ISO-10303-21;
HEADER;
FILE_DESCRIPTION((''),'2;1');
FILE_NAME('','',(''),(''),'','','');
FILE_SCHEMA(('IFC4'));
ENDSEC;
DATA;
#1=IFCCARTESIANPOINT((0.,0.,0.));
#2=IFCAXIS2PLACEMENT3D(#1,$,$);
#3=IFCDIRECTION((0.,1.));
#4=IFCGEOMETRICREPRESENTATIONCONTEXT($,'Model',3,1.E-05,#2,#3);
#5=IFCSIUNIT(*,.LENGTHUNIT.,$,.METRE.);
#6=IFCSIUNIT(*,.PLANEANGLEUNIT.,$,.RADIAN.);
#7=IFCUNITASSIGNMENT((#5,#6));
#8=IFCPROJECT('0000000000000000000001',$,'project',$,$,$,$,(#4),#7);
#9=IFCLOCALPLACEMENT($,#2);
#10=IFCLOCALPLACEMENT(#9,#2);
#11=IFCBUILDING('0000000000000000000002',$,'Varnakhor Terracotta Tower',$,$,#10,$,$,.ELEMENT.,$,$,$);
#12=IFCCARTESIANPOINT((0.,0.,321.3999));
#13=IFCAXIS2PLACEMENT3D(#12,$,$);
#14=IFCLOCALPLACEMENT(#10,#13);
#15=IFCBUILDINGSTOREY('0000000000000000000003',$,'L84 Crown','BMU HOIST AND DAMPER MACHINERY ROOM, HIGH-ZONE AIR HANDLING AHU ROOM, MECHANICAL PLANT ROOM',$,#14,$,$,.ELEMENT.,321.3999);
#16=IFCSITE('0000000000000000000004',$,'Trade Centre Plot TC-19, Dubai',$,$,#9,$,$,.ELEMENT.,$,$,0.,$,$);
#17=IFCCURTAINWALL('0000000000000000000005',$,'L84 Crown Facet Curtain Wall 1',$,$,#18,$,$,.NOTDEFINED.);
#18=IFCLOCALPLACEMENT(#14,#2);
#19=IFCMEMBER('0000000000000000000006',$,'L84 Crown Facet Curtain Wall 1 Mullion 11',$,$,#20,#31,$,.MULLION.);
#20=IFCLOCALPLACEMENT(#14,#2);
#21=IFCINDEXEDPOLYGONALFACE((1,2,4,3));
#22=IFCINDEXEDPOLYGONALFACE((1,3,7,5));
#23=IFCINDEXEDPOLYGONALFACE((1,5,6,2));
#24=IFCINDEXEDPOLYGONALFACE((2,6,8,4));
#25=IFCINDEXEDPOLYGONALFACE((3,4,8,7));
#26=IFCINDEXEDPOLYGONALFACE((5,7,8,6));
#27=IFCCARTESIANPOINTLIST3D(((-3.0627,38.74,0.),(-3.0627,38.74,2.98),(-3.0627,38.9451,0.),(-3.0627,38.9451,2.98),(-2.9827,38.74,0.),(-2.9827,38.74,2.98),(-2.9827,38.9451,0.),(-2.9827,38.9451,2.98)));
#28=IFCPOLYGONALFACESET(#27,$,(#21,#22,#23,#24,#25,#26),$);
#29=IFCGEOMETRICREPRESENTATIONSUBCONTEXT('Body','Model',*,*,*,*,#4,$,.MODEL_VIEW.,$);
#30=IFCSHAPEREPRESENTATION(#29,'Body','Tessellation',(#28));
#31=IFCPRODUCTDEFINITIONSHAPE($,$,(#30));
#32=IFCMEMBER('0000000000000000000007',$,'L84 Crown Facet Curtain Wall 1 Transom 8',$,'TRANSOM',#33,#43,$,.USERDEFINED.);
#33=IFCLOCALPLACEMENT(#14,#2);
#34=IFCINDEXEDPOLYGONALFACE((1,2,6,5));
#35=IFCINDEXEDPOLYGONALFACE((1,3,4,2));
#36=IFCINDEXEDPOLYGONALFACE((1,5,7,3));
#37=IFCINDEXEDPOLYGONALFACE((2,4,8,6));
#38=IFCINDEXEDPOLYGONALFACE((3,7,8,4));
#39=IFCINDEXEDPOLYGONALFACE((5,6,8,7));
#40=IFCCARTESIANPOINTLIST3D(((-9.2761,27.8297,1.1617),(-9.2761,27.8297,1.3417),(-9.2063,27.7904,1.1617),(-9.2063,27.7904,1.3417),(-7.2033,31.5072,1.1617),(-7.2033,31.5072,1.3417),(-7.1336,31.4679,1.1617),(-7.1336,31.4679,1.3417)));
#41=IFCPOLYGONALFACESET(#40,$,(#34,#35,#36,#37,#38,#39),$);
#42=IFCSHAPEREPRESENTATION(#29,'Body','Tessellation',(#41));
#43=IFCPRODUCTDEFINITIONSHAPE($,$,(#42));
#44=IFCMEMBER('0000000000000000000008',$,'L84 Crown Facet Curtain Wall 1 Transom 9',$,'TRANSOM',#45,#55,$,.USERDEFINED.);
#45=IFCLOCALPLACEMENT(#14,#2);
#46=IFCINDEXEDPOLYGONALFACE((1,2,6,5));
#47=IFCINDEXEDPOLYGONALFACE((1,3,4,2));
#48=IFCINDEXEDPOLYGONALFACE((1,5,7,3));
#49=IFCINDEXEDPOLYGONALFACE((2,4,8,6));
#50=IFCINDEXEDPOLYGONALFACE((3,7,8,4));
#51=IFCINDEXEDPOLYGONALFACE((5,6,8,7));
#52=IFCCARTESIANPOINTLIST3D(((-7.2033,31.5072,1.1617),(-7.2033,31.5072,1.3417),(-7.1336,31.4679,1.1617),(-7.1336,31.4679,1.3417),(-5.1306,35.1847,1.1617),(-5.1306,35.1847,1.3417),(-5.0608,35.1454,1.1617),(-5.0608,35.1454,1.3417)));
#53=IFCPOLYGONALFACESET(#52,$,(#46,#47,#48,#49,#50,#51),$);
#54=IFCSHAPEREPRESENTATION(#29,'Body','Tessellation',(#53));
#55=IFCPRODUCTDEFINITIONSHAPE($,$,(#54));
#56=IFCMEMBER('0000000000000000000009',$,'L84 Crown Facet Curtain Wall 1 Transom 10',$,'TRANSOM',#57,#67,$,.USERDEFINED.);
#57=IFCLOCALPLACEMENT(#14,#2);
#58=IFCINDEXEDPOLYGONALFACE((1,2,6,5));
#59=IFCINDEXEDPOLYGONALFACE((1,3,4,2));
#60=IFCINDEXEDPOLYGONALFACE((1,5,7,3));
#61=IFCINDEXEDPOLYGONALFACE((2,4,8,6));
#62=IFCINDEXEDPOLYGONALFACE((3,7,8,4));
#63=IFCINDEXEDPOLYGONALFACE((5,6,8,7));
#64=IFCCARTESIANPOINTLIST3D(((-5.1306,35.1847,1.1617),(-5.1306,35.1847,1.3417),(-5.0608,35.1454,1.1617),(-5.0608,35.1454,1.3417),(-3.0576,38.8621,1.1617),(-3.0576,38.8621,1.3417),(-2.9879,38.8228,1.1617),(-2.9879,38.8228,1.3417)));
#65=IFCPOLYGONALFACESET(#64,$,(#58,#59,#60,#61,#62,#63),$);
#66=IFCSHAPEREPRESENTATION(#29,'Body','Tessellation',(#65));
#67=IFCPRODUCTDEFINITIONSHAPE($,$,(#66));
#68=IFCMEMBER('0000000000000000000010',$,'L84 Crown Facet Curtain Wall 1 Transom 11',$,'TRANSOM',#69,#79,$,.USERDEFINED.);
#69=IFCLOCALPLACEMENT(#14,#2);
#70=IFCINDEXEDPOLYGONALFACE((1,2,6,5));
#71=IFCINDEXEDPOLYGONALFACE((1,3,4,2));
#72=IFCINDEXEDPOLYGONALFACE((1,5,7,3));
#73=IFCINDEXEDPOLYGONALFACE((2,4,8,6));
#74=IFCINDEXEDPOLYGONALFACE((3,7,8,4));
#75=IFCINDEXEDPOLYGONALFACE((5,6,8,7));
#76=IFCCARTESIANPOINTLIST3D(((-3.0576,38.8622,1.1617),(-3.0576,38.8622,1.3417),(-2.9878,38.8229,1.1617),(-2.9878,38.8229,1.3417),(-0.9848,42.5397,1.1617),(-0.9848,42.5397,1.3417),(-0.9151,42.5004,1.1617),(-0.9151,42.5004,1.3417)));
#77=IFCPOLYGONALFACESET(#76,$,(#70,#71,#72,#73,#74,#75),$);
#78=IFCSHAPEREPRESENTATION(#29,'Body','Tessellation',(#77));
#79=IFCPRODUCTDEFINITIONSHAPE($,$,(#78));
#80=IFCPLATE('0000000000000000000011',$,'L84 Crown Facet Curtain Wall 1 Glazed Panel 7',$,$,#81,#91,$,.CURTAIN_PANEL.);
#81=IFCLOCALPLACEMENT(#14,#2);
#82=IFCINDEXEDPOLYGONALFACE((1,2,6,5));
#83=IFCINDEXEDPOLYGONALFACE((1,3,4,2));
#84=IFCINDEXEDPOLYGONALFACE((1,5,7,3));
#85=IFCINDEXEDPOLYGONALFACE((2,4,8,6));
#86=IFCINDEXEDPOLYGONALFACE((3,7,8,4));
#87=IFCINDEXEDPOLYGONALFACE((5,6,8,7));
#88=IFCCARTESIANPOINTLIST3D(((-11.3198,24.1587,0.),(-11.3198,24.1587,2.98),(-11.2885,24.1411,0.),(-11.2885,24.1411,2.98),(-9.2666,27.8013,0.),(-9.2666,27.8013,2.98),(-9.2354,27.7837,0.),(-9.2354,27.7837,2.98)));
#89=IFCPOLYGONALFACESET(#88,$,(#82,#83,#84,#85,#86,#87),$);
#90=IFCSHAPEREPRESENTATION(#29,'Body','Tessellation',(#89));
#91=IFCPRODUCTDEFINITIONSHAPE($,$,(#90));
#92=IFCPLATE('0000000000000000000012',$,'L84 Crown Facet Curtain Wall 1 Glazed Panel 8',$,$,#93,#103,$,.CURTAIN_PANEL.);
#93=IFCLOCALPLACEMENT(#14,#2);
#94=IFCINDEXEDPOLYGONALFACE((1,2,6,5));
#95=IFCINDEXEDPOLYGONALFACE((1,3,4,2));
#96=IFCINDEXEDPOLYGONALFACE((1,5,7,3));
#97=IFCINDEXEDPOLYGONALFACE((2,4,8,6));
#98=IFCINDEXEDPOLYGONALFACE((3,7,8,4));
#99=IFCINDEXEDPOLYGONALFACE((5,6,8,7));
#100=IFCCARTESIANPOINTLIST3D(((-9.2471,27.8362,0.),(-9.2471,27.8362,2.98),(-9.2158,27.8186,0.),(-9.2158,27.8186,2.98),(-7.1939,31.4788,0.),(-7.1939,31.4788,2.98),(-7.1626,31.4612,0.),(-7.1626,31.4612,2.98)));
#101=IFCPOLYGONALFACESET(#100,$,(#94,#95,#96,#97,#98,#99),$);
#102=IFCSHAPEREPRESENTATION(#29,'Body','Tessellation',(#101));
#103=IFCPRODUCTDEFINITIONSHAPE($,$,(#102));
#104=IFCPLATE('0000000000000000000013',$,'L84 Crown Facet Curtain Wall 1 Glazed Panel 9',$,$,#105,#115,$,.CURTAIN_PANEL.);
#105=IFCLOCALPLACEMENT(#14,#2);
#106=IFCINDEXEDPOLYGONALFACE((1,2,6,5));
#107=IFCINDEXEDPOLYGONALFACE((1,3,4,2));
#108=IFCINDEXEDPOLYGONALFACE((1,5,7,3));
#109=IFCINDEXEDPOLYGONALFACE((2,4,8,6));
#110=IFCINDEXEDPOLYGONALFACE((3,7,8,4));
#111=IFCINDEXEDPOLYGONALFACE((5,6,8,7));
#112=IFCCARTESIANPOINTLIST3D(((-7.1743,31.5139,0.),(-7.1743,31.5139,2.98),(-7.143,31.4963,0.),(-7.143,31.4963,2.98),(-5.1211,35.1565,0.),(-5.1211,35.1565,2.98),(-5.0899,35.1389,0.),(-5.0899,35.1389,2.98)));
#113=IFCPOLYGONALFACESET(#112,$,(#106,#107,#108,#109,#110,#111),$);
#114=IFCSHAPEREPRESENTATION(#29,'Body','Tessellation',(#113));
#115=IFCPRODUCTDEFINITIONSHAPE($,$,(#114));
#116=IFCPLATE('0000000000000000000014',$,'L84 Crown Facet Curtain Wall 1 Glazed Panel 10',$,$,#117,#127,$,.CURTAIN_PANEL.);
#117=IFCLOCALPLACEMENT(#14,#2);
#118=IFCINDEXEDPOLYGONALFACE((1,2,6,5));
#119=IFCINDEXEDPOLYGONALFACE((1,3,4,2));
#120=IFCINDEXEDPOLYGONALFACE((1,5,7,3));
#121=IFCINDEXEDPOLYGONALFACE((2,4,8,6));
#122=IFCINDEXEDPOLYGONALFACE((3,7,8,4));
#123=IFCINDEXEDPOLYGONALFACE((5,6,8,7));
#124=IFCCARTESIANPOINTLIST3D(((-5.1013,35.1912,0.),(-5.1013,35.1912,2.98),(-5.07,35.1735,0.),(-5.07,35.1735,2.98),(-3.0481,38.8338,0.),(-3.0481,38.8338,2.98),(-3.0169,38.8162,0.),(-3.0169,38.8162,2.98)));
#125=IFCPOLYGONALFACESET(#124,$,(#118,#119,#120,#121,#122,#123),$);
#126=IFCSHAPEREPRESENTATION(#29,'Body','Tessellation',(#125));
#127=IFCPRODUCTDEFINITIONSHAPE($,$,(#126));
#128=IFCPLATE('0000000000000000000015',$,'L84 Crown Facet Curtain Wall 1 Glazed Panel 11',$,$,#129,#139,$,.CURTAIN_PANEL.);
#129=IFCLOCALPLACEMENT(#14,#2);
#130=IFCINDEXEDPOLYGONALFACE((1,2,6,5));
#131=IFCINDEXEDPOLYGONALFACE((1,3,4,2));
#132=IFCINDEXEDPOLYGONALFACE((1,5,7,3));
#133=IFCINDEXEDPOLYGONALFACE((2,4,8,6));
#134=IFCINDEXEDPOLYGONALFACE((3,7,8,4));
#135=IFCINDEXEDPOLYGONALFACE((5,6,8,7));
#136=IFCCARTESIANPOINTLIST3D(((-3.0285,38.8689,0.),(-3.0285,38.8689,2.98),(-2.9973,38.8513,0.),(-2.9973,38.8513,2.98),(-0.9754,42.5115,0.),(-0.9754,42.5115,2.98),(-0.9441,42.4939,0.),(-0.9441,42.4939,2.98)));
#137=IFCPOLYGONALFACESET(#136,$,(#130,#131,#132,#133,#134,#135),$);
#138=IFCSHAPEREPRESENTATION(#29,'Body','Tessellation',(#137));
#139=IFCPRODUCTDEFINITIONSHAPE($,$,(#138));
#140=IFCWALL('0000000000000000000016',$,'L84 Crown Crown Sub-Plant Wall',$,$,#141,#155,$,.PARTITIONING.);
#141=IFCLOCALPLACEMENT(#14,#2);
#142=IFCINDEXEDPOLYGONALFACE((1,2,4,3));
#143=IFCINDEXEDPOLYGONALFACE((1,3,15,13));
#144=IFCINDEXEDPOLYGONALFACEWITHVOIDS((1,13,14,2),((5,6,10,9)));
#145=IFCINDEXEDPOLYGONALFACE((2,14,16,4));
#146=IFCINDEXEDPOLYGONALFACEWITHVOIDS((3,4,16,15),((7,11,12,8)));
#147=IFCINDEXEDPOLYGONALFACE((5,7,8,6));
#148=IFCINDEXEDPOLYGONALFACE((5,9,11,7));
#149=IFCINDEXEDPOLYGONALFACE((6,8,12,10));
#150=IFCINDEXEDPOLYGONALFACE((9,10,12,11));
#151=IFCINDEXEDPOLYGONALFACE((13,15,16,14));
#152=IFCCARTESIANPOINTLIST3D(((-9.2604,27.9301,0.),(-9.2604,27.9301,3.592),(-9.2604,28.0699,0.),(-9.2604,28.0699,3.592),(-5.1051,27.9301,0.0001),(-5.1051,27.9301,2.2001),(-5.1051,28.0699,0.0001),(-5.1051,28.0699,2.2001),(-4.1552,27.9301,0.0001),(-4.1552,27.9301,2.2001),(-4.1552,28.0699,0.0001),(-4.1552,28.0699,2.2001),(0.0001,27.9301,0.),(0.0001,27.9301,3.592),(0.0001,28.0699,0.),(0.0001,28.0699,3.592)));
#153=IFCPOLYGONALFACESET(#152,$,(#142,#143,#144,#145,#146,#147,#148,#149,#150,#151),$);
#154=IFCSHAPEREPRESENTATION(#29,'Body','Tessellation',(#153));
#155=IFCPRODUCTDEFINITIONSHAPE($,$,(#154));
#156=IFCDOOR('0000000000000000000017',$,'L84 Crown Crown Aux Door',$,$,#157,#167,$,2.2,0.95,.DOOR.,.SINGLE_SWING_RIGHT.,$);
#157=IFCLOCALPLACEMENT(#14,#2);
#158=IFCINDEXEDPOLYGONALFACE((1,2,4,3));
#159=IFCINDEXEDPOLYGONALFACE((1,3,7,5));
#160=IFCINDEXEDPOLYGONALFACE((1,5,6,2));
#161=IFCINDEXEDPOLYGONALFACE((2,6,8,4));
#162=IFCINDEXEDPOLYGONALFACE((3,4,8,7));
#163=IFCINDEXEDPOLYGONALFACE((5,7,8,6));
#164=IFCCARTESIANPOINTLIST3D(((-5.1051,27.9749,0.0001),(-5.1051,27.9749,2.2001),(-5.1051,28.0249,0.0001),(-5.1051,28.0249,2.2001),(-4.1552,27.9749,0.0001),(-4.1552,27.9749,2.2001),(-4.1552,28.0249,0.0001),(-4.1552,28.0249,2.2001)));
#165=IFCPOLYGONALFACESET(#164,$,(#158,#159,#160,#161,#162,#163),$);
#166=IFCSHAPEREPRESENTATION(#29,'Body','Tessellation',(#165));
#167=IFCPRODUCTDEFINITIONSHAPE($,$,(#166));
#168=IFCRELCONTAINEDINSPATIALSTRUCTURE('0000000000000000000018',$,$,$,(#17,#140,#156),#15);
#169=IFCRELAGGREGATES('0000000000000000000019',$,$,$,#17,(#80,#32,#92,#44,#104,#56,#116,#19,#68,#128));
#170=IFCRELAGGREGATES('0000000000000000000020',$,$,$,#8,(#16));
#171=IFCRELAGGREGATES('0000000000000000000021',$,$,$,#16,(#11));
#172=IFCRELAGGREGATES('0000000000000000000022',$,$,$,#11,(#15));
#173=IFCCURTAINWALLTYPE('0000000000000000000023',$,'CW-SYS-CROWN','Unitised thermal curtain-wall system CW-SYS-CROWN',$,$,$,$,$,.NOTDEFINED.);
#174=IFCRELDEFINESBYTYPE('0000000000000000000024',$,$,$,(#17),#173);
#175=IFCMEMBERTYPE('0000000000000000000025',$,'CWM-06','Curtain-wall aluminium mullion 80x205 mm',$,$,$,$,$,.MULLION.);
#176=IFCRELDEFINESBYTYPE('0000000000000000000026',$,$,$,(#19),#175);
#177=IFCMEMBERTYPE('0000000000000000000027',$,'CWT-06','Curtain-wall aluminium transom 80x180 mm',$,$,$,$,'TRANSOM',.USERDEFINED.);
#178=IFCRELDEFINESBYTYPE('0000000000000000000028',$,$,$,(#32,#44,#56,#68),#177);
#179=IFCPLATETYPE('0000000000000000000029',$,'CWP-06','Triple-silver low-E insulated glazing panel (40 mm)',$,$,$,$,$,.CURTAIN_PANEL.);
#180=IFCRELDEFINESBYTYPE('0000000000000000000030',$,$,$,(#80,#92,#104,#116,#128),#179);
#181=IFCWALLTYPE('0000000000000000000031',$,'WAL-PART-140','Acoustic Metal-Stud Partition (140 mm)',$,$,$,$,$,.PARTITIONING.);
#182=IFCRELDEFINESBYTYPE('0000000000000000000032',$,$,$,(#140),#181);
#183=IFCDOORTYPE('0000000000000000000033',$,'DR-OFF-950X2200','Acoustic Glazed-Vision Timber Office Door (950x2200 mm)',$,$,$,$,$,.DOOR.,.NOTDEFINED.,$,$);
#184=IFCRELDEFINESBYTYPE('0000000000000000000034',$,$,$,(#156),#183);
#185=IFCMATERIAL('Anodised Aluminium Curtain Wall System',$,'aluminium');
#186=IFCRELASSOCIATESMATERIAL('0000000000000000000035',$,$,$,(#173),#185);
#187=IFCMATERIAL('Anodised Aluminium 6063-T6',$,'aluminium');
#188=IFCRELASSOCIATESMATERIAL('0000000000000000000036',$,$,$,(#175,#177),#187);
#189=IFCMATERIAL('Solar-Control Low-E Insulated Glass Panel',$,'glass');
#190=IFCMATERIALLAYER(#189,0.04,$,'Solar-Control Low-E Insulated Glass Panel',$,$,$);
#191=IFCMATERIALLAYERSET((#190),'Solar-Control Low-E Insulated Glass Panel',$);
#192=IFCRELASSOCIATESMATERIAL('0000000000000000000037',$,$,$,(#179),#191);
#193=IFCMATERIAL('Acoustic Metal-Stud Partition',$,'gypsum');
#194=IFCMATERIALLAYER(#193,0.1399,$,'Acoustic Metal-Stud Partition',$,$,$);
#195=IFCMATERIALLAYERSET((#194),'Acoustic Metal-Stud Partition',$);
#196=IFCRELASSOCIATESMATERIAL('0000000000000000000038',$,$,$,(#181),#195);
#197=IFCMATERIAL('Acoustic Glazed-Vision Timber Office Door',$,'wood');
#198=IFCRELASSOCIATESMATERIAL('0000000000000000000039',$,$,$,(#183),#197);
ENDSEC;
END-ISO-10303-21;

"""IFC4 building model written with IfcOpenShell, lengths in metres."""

from ifc_helpers import new_model, si_unit, direction, frame, frame_2d, origin, origin_2d, place, context, subcontext, project, spatial, rectangle, extrude, source, transform, mapped, material, layer, layer_set, material_profile, profile_set, type_object, type_shapes, element, fill, aggregate, save


model = new_model("IFC4")

# Units and contexts
model_context = context("Model", 3, precision=1e-05, world=origin(), true_north=direction((0.0, 1.0)))
body_context = subcontext(model_context, "Body", "Model", "MODEL_VIEW")
ifc_project = project(units=[si_unit("LENGTHUNIT", "METRE"), si_unit("PLANEANGLEUNIT", "RADIAN")], contexts=[model_context])

# Site, building, storey
site_placement = place(None, origin())
site = spatial("IfcSite", under=ifc_project, at=site_placement, Name="Trade Centre Plot TC-19, Dubai", CompositionType="ELEMENT", RefElevation=0.0)
building_placement = place(site_placement, origin())
building = spatial("IfcBuilding", under=site, at=building_placement, Name="Varnakhor Terracotta Tower", CompositionType="ELEMENT")
storey_placement = place(building_placement, frame((0.0, 0.0, 321.3999)))
storey = spatial("IfcBuildingStorey", under=building, at=storey_placement, Name="L84 Crown", Description="BMU HOIST AND DAMPER MACHINERY ROOM, HIGH-ZONE AIR HANDLING AHU ROOM, MECHANICAL PLANT ROOM", CompositionType="ELEMENT", Elevation=321.3999)

# Curtain wall, members, plates
ifc_material_1 = material(Name="Anodised Aluminium Curtain Wall System", Category="aluminium")
curtain_wall_type = type_object("IfcCurtainWallType", Name="CW-SYS-CROWN", Description="Unitised thermal curtain-wall system CW-SYS-CROWN", PredefinedType="NOTDEFINED", material=ifc_material_1)
curtain_wall_placement = place(storey_placement, origin())
curtain_wall = element("IfcCurtainWall", 1, at=curtain_wall_placement, inside=storey, type_object=curtain_wall_type, Name="L84 Crown Facet Curtain Wall 1", PredefinedType="NOTDEFINED")
ifc_material_2 = material(Name="Anodised Aluminium 6063-T6", Category="aluminium")
ifc_material_profile_1 = material_profile(ifc_material_2, rectangle(XDim=0.0801, YDim=0.2051, at=origin_2d()), Name="ALU MULLION 80x205")
ifc_profile_set_1 = profile_set([ifc_material_profile_1], Name="Anodised Aluminium 6063-T6")
member_type_1 = type_object("IfcMemberType", Name="CWM-06", Description="Curtain-wall aluminium mullion 80x205 mm", PredefinedType="MULLION", material=ifc_profile_set_1)
shared_shape_1 = source(origin(), body_context, "Body", "SweptSolid", [
    extrude(rectangle(XDim=0.0801, YDim=0.2051, at=origin_2d()), origin(), (0.0, 0.0, 1.0), 2.98),
])
type_shapes(member_type_1, [shared_shape_1])
member_1_placement = place(storey_placement, frame((-3.0227, 38.8425, 0.0), z_axis=(0.0, 0.0, 1.0), x_axis=(1.0, 0.0, 0.0)))
member_1 = element("IfcMember", 2, at=member_1_placement, type_object=member_type_1, Name="L84 Crown Facet Curtain Wall 1 Mullion 11", PredefinedType="MULLION", context=body_context, shape_type="MappedRepresentation", body=[
    mapped(shared_shape_1, transform((0.0, 0.0, 0.0), scale=1.0)),
])
ifc_material_profile_2 = material_profile(ifc_material_2, rectangle(XDim=0.0801, YDim=0.1799, at=origin_2d()), Name="ALU TRANSOM 80x180")
ifc_profile_set_2 = profile_set([ifc_material_profile_2], Name="Anodised Aluminium 6063-T6")
member_type_2 = type_object("IfcMemberType", Name="CWT-06", Description="Curtain-wall aluminium transom 80x180 mm", ElementType="TRANSOM", PredefinedType="USERDEFINED", material=ifc_profile_set_2)
shared_shape_2 = source(origin(), body_context, "Body", "SweptSolid", [
    extrude(rectangle(XDim=0.0801, YDim=0.1799, at=origin_2d()), origin(), (0.0, 0.0, 1.0), 4.2214),
])
member_2_placement = place(storey_placement, frame((-9.2412, 27.8101, 1.2517), z_axis=(0.491011, 0.871154, 0.0), x_axis=(-0.871154, 0.491011, 0.0)))
member_2 = element("IfcMember", 3, at=member_2_placement, type_object=member_type_2, Name="L84 Crown Facet Curtain Wall 1 Transom 8", ObjectType="TRANSOM", PredefinedType="USERDEFINED", context=body_context, shape_type="MappedRepresentation", body=[
    mapped(shared_shape_2, transform((0.0, 0.0, 0.0), scale=1.0)),
])
member_3_placement = place(storey_placement, frame((-7.1685, 31.4875, 1.2517), z_axis=(0.491011, 0.871154, 0.0), x_axis=(-0.871154, 0.491011, 0.0)))
member_3 = element("IfcMember", 4, at=member_3_placement, type_object=member_type_2, Name="L84 Crown Facet Curtain Wall 1 Transom 9", ObjectType="TRANSOM", PredefinedType="USERDEFINED", context=body_context, shape_type="MappedRepresentation", body=[
    mapped(shared_shape_2, transform((0.0, 0.0, 0.0), scale=1.0)),
])
member_4_placement = place(storey_placement, frame((-5.0957, 35.165, 1.2517), z_axis=(0.491055, 0.871129, 0.0), x_axis=(-0.871129, 0.491055, 0.0)))
member_4 = element("IfcMember", 5, at=member_4_placement, type_object=member_type_2, Name="L84 Crown Facet Curtain Wall 1 Transom 10", ObjectType="TRANSOM", PredefinedType="USERDEFINED", context=body_context, shape_type="MappedRepresentation", body=[
    mapped(shared_shape_2, transform((0.0, 0.0, 0.0), scale=1.0)),
])
member_5_placement = place(storey_placement, frame((-3.0227, 38.8425, 1.2517), z_axis=(0.491011, 0.871154, 0.0), x_axis=(-0.871154, 0.491011, 0.0)))
member_5 = element("IfcMember", 6, at=member_5_placement, type_object=member_type_2, Name="L84 Crown Facet Curtain Wall 1 Transom 11", ObjectType="TRANSOM", PredefinedType="USERDEFINED", context=body_context, shape_type="MappedRepresentation", body=[
    mapped(shared_shape_2, transform((0.0, 0.0, 0.0), scale=1.0)),
])
ifc_material_3 = material(Name="Solar-Control Low-E Insulated Glass Panel", Category="glass")
ifc_layer_1 = layer(ifc_material_3, 0.04, Name="Solar-Control Low-E Insulated Glass Panel")
ifc_layer_set_1 = layer_set([ifc_layer_1], Name="Solar-Control Low-E Insulated Glass Panel")
plate_type = type_object("IfcPlateType", Name="CWP-06", Description="Triple-silver low-E insulated glazing panel (40 mm)", PredefinedType="CURTAIN_PANEL", material=ifc_layer_set_1)
shared_shape_3 = source(origin(), body_context, "Body", "SweptSolid", [
    extrude(rectangle(XDim=4.1814, YDim=0.0359, at=origin_2d()), origin(), (0.0, 0.0, 1.0), 2.98),
])
plate_1_placement = place(storey_placement, frame((-10.2776, 25.9712, 0.0), z_axis=(0.0, 0.0, 1.0), x_axis=(0.491025, 0.871145, 0.0)))
plate_1 = element("IfcPlate", 7, at=plate_1_placement, type_object=plate_type, Name="L84 Crown Facet Curtain Wall 1 Glazed Panel 7", PredefinedType="CURTAIN_PANEL", context=body_context, shape_type="MappedRepresentation", body=[
    mapped(shared_shape_3, transform((0.0, 0.0, 0.0), scale=1.0)),
])
plate_2_placement = place(storey_placement, frame((-8.2048, 29.6487, 0.0), z_axis=(0.0, 0.0, 1.0), x_axis=(0.491025, 0.871145, 0.0)))
plate_2 = element("IfcPlate", 8, at=plate_2_placement, type_object=plate_type, Name="L84 Crown Facet Curtain Wall 1 Glazed Panel 8", PredefinedType="CURTAIN_PANEL", context=body_context, shape_type="MappedRepresentation", body=[
    mapped(shared_shape_3, transform((0.0, 0.0, 0.0), scale=1.0)),
])
plate_3_placement = place(storey_placement, frame((-6.1321, 33.3264, 0.0), z_axis=(0.0, 0.0, 1.0), x_axis=(0.491025, 0.871145, 0.0)))
plate_3 = element("IfcPlate", 9, at=plate_3_placement, type_object=plate_type, Name="L84 Crown Facet Curtain Wall 1 Glazed Panel 9", PredefinedType="CURTAIN_PANEL", context=body_context, shape_type="MappedRepresentation", body=[
    mapped(shared_shape_3, transform((0.0, 0.0, 0.0), scale=1.0)),
])
plate_4_placement = place(storey_placement, frame((-4.0591, 37.0037, 0.0), z_axis=(0.0, 0.0, 1.0), x_axis=(0.491025, 0.871145, 0.0)))
plate_4 = element("IfcPlate", 10, at=plate_4_placement, type_object=plate_type, Name="L84 Crown Facet Curtain Wall 1 Glazed Panel 10", PredefinedType="CURTAIN_PANEL", context=body_context, shape_type="MappedRepresentation", body=[
    mapped(shared_shape_3, transform((0.0, 0.0, 0.0), scale=1.0)),
])
plate_5_placement = place(storey_placement, frame((-1.9863, 40.6814, 0.0), z_axis=(0.0, 0.0, 1.0), x_axis=(0.491025, 0.871145, 0.0)))
plate_5 = element("IfcPlate", 11, at=plate_5_placement, type_object=plate_type, Name="L84 Crown Facet Curtain Wall 1 Glazed Panel 11", PredefinedType="CURTAIN_PANEL", context=body_context, shape_type="MappedRepresentation", body=[
    mapped(shared_shape_3, transform((0.0, 0.0, 0.0), scale=1.0)),
])
aggregate(curtain_wall, [plate_1, member_2, plate_2, member_3, plate_3, member_4, plate_4, member_1, member_5, plate_5])

# Wall, opening, door
ifc_material_4 = material(Name="Acoustic Metal-Stud Partition", Category="gypsum")
ifc_layer_2 = layer(ifc_material_4, 0.1399, Name="Acoustic Metal-Stud Partition")
ifc_layer_set_2 = layer_set([ifc_layer_2], Name="Acoustic Metal-Stud Partition")
wall_type = type_object("IfcWallType", Name="WAL-PART-140", Description="Acoustic Metal-Stud Partition (140 mm)", PredefinedType="PARTITIONING", material=ifc_layer_set_2)
wall_placement = place(storey_placement, frame((-9.2605, 28.0, 0.0), z_axis=(0.0, 0.0, 1.0), x_axis=(1.0, 0.0, 0.0)))
wall = element("IfcWall", 12, at=wall_placement, inside=storey, type_object=wall_type, Name="L84 Crown Crown Sub-Plant Wall", PredefinedType="PARTITIONING", context=body_context, shape_type="SweptSolid", body=[
    extrude(rectangle(XDim=9.2605, YDim=0.1399, at=frame_2d((4.6304, 0.0))), origin(), (0.0, 0.0, 1.0), 3.592),
])
opening_placement = place(wall_placement, frame((4.1553, 0.0, 0.0)))
opening = element("IfcOpeningElement", 13, at=opening_placement, cuts=wall, PredefinedType="OPENING", context=body_context, shape_type="SweptSolid", body=[
    extrude(rectangle(XDim=0.95, YDim=2.2, at=frame_2d((0.4751, 1.1001))), frame((0.0, 0.0801, 0.0), z_axis=(0.0, -1.0, 0.0), x_axis=(1.0, 0.0, 0.0)), (0.0, 0.0, 1.0), 0.1599),
])
ifc_material_5 = material(Name="Acoustic Glazed-Vision Timber Office Door", Category="wood")
door_type = type_object("IfcDoorType", Name="DR-OFF-950X2200", Description="Acoustic Glazed-Vision Timber Office Door (950x2200 mm)", OperationType="NOTDEFINED", PredefinedType="DOOR", material=ifc_material_5)
shared_shape_4 = source(origin(), body_context, "Body", "SweptSolid", [
    extrude(rectangle(XDim=0.95, YDim=2.2, at=frame_2d((0.4751, 1.1001))), frame((0.0, 0.0249, 0.0), z_axis=(0.0, -1.0, 0.0), x_axis=(1.0, 0.0, 0.0)), (0.0, 0.0, 1.0), 0.05),
])
type_shapes(door_type, [shared_shape_4])
door_placement = place(opening_placement, origin())
door = element("IfcDoor", 14, at=door_placement, inside=storey, type_object=door_type, Name="L84 Crown Crown Aux Door", OperationType="SINGLE_SWING_RIGHT", OverallHeight=2.2, OverallWidth=0.95, PredefinedType="DOOR", context=body_context, shape_type="MappedRepresentation", body=[
    mapped(shared_shape_4, transform((0.0, 0.0, 0.0), scale=1.0)),
])
fill(opening, door)

save(model, "model.ifc")
